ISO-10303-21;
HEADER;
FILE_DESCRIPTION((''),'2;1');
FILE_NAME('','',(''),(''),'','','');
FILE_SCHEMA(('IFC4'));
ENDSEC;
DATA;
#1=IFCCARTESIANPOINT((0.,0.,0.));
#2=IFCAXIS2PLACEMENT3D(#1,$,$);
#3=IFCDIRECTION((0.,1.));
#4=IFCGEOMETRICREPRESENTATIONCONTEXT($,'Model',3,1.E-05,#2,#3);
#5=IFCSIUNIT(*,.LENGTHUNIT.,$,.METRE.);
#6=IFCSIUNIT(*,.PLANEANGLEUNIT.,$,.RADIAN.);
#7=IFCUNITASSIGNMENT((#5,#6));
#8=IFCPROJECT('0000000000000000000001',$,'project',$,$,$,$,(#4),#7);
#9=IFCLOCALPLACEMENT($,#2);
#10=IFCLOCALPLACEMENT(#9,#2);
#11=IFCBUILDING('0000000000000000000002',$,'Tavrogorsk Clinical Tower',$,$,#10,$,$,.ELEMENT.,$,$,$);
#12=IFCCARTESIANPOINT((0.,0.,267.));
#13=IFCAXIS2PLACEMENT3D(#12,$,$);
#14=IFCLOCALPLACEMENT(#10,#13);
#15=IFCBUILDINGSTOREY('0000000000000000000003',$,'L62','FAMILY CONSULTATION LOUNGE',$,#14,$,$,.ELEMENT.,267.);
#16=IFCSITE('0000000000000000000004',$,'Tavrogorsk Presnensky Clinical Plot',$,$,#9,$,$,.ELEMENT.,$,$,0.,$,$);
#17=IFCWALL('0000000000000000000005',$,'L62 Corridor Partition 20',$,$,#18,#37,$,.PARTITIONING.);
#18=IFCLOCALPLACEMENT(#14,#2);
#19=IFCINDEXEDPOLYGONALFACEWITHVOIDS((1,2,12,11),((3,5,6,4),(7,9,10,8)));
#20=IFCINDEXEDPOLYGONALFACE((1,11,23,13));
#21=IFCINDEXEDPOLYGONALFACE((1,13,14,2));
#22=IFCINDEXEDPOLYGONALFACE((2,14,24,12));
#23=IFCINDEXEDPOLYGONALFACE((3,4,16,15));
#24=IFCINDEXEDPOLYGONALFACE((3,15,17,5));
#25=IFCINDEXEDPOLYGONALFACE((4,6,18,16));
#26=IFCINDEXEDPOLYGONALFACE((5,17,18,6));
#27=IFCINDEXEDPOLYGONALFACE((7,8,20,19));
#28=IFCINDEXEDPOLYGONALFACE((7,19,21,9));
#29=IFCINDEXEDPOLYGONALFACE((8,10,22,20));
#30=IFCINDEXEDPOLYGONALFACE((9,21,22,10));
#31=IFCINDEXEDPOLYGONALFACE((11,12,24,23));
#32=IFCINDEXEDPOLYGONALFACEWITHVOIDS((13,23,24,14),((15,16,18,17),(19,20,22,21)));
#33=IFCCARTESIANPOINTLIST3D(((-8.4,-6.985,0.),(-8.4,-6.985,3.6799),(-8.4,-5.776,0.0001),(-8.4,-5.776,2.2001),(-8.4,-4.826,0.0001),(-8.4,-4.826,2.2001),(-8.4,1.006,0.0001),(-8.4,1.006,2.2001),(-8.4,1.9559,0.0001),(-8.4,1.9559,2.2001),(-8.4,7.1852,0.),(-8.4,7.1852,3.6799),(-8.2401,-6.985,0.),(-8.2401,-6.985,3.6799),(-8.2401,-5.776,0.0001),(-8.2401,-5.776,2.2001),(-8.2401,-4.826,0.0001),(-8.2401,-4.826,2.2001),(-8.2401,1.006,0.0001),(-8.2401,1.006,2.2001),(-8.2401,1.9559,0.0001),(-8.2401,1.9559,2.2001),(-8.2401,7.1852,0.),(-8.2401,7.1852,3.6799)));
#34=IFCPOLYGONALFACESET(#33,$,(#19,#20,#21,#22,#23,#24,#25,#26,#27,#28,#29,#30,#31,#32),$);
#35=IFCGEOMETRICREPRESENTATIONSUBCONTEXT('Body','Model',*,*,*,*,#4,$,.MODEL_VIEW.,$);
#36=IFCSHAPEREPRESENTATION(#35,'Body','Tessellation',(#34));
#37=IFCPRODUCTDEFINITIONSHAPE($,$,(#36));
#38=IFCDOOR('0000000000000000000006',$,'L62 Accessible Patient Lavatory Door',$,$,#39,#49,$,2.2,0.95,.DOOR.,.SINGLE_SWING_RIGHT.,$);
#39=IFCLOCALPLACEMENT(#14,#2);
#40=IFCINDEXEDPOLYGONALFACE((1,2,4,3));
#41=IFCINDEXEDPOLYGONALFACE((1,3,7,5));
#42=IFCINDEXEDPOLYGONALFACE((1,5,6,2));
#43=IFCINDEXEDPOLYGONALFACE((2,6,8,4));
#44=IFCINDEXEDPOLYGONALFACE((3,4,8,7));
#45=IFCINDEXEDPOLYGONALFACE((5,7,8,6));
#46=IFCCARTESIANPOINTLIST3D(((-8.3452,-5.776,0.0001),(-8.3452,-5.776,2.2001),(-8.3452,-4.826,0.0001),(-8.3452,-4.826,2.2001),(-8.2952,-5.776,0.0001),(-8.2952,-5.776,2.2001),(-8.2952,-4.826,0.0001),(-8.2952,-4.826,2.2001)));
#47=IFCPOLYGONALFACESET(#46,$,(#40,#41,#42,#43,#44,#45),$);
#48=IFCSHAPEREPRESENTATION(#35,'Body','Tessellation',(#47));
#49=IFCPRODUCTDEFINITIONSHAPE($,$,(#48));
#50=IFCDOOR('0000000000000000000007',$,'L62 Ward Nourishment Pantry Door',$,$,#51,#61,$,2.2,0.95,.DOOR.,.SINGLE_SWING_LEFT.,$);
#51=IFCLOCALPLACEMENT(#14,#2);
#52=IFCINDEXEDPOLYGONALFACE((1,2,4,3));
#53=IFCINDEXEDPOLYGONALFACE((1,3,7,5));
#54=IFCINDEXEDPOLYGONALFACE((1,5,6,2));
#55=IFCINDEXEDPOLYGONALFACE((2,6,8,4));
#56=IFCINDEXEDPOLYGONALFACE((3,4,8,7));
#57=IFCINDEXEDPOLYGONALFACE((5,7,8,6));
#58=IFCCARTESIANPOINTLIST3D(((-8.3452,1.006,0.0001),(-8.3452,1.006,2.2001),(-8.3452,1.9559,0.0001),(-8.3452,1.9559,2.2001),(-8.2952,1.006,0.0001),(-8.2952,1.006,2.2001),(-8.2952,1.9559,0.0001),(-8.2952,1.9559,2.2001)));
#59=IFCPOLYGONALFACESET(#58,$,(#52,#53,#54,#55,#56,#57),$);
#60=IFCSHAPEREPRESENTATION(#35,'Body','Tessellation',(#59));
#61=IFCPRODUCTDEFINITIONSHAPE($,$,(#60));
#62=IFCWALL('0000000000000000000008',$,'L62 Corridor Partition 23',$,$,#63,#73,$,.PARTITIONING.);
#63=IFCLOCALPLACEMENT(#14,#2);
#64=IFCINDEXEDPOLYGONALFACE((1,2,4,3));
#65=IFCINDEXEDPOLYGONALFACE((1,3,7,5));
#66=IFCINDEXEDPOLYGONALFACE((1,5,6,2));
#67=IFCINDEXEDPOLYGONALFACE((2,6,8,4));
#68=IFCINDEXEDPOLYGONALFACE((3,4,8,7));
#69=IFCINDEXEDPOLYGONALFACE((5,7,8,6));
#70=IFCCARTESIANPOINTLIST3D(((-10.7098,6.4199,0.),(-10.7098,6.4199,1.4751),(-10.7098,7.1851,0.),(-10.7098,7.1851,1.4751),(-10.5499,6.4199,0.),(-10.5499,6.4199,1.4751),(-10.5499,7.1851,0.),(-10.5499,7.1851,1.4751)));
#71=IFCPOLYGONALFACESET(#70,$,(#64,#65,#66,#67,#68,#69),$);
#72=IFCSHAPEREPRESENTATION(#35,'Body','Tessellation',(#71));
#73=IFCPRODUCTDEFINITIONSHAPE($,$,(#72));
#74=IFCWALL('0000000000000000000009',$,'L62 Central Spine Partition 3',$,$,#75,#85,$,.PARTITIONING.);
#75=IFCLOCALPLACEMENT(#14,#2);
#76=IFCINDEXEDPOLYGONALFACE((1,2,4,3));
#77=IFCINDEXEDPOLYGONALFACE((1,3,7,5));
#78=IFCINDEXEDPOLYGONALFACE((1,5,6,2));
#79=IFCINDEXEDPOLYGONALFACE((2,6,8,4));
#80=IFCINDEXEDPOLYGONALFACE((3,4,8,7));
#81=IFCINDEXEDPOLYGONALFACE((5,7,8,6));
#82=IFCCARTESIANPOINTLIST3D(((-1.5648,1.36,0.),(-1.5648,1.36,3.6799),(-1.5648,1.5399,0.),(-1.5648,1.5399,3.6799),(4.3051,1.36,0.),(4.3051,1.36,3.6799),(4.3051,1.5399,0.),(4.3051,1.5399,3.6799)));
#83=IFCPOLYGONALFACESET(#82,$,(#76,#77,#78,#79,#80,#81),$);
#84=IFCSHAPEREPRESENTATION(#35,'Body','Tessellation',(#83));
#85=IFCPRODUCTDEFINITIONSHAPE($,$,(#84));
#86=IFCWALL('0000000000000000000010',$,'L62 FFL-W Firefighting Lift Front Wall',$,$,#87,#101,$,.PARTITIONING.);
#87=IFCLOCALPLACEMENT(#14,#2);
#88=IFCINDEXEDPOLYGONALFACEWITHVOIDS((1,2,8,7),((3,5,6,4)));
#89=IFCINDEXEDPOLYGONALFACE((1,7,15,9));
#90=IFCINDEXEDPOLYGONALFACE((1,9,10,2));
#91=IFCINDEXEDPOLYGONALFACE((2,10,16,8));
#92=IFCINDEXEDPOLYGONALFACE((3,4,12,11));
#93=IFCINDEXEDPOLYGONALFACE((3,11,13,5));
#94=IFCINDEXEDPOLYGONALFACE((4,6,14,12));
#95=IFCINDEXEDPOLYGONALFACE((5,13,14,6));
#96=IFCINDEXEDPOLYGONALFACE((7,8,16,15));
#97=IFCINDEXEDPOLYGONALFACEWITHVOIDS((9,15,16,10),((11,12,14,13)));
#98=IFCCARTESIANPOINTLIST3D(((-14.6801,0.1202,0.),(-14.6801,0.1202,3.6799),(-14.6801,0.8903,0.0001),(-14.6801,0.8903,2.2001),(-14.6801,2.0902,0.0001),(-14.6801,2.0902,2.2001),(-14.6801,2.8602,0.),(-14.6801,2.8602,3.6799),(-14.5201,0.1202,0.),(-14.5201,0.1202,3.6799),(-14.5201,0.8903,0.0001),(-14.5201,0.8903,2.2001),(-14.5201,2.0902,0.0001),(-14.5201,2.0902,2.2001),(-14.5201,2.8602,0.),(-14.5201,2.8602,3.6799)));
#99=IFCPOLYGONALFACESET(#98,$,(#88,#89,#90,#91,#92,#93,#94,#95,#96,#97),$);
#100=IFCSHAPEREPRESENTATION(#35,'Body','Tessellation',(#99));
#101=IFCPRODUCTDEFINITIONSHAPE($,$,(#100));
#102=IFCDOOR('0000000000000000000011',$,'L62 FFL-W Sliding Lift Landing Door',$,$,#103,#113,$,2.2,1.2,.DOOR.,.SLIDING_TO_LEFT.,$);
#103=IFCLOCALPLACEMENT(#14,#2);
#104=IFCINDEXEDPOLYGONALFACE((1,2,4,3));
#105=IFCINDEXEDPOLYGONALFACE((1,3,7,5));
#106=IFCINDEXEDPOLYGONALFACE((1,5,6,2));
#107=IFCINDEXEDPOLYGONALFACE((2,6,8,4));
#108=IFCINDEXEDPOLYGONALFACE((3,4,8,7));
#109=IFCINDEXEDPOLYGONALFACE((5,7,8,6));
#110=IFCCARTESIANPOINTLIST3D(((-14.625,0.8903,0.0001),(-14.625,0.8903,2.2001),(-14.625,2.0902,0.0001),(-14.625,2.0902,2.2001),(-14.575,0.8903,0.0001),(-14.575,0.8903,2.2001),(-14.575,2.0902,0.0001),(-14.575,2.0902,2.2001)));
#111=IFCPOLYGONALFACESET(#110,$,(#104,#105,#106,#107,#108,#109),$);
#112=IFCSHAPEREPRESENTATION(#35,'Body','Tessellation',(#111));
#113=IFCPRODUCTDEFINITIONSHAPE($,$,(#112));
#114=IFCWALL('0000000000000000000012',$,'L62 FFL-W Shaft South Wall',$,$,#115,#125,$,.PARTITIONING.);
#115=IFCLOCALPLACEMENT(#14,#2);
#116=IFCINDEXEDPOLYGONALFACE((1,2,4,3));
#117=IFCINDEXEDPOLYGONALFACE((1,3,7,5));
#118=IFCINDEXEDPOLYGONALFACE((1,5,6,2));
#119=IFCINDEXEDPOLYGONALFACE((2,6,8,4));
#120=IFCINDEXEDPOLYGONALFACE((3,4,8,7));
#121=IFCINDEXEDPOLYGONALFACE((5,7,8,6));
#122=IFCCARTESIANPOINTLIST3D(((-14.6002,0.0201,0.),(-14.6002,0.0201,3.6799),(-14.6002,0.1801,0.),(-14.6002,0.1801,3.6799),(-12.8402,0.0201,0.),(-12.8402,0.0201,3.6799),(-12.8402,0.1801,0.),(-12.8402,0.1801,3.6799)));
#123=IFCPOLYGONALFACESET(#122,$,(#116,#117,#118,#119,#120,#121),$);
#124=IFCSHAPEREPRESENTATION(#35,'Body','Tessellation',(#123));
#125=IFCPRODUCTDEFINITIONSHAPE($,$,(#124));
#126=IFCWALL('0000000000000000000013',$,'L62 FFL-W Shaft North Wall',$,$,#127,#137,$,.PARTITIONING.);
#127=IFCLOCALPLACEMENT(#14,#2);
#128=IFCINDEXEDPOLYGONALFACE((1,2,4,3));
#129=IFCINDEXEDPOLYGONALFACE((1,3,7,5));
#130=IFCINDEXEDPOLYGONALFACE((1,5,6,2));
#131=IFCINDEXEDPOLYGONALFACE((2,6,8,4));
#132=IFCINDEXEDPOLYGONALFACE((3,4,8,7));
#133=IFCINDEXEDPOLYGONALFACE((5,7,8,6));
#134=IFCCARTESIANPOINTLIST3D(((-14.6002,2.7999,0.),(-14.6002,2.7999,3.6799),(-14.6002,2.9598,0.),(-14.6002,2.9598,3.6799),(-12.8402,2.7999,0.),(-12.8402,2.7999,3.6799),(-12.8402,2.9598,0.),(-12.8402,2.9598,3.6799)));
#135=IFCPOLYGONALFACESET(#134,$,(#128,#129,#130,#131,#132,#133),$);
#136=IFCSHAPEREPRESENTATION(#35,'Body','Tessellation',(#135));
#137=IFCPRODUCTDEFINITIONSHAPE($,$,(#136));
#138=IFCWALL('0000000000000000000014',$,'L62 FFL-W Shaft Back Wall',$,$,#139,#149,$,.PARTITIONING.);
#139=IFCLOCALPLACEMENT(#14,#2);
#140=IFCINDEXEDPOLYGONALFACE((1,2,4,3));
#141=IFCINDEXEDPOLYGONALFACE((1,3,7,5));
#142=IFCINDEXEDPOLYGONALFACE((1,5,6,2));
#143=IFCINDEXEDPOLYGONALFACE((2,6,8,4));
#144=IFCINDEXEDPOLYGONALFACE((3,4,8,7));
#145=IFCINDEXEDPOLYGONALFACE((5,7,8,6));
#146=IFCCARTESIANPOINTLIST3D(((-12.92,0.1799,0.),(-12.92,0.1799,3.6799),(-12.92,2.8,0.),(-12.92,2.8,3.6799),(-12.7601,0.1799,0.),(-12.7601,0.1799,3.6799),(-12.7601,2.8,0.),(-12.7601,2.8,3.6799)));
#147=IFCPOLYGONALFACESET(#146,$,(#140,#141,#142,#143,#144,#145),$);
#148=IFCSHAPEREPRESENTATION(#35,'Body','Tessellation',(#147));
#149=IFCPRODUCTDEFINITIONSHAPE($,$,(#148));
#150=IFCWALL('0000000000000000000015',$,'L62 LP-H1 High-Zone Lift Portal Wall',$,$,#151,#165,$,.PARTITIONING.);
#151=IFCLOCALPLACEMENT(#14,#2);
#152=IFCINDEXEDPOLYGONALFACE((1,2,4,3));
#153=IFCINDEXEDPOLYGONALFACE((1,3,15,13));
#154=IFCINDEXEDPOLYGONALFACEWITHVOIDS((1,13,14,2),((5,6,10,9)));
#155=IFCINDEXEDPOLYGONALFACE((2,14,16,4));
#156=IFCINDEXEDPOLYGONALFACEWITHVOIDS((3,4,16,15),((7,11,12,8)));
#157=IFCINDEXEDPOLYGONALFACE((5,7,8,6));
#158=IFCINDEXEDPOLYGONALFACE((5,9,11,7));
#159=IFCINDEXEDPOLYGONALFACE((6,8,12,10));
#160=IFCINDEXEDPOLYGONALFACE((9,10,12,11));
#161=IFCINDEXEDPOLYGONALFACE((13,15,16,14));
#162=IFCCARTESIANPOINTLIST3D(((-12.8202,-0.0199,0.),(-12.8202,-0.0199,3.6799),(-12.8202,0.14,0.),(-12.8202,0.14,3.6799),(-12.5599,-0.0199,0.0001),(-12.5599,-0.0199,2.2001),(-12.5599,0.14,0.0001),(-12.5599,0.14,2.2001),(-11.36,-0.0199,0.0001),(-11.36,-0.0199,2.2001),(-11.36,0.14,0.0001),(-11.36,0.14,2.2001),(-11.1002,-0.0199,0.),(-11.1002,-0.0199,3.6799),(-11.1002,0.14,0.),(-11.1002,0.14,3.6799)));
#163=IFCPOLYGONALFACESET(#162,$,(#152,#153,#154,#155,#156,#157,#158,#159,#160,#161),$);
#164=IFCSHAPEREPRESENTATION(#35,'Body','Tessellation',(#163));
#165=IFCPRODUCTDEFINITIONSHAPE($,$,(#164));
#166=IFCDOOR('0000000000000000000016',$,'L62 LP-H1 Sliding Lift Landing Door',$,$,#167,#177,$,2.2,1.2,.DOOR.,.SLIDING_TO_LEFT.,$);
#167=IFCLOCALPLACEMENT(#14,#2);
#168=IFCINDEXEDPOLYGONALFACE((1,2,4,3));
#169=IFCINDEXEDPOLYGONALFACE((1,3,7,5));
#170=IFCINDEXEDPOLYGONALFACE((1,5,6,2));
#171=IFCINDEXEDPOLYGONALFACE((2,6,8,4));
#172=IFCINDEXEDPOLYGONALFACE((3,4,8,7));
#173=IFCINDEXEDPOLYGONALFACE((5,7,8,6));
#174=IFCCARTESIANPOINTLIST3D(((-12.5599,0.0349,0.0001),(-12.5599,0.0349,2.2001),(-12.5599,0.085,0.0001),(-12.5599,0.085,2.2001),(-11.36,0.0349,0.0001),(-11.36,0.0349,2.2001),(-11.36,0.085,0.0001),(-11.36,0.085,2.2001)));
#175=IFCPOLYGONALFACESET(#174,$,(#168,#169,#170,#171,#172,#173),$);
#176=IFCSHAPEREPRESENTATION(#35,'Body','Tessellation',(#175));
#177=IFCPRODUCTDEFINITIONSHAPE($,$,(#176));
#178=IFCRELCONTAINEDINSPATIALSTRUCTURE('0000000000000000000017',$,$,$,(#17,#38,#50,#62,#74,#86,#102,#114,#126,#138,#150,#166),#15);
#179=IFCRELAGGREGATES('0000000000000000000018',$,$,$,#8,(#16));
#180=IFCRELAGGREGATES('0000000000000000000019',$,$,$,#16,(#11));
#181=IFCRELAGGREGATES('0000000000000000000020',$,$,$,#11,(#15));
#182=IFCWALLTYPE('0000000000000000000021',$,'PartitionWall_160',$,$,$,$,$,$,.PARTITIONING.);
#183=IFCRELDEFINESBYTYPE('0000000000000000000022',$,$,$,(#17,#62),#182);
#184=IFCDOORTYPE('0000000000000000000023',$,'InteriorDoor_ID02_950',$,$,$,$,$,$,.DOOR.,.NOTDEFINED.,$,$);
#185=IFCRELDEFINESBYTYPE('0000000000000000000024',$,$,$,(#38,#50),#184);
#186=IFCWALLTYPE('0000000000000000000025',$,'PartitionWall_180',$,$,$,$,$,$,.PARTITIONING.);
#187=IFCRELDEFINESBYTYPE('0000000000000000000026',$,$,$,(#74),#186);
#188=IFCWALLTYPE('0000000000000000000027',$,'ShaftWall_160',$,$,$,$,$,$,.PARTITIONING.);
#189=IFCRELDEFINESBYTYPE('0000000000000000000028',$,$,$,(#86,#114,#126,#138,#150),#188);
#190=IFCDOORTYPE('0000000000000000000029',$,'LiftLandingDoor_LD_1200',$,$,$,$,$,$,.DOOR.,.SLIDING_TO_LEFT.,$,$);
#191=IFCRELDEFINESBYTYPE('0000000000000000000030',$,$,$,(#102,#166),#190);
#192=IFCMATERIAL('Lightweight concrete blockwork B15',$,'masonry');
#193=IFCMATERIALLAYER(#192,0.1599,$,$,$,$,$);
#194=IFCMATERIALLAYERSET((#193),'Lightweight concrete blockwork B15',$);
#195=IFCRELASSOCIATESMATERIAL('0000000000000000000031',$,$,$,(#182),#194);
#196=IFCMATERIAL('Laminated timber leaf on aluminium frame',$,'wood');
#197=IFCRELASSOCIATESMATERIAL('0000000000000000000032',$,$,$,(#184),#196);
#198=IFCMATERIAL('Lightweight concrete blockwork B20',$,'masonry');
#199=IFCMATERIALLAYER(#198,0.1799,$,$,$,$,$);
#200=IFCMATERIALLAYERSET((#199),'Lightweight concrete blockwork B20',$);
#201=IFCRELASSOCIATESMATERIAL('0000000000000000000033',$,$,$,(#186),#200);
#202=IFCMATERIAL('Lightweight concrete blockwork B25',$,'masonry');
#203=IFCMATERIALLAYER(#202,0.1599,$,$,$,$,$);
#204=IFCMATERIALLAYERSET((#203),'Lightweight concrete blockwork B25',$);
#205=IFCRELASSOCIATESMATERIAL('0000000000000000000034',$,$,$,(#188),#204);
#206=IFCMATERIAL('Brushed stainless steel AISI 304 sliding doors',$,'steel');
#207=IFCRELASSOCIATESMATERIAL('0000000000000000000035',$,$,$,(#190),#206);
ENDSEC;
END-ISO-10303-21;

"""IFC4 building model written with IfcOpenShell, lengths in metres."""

from ifc_helpers import new_model, si_unit, direction, frame, frame_2d, origin, place, context, subcontext, project, spatial, rectangle, extrude, material, layer, layer_set, type_object, element, fill, save


model = new_model("IFC4")

# Units and contexts
model_context = context("Model", 3, precision=1e-05, world=origin(), true_north=direction((0.0, 1.0)))
body_context = subcontext(model_context, "Body", "Model", "MODEL_VIEW")
ifc_project = project(units=[si_unit("LENGTHUNIT", "METRE"), si_unit("PLANEANGLEUNIT", "RADIAN")], contexts=[model_context])

# Site, building, storey
site_placement = place(None, origin())
site = spatial("IfcSite", under=ifc_project, at=site_placement, Name="Tavrogorsk Presnensky Clinical Plot", CompositionType="ELEMENT", RefElevation=0.0)
building_placement = place(site_placement, origin())
building = spatial("IfcBuilding", under=site, at=building_placement, Name="Tavrogorsk Clinical Tower", CompositionType="ELEMENT")
storey_placement = place(building_placement, frame((0.0, 0.0, 267.0)))
storey = spatial("IfcBuildingStorey", under=building, at=storey_placement, Name="L62", Description="FAMILY CONSULTATION LOUNGE", CompositionType="ELEMENT", Elevation=267.0)

# Shared definitions
ifc_material_1 = material(Name="Lightweight concrete blockwork B15", Category="masonry")
ifc_layer_1 = layer(ifc_material_1, 0.1599)
ifc_layer_set_1 = layer_set([ifc_layer_1], Name="Lightweight concrete blockwork B15")
wall_type_1 = type_object("IfcWallType", Name="PartitionWall_160", PredefinedType="PARTITIONING", material=ifc_layer_set_1)
ifc_material_2 = material(Name="Laminated timber leaf on aluminium frame", Category="wood")
door_type_1 = type_object("IfcDoorType", Name="InteriorDoor_ID02_950", OperationType="NOTDEFINED", PredefinedType="DOOR", material=ifc_material_2)

# Wall, openings, doors
wall_1_placement = place(storey_placement, frame((-8.3201, 7.1851, 0.0), z_axis=(0.0, 0.0, 1.0), x_axis=(0.0, -1.0, 0.0)))
wall_1 = element("IfcWall", 1, at=wall_1_placement, inside=storey, type_object=wall_type_1, Name="L62 Corridor Partition 20", PredefinedType="PARTITIONING", context=body_context, shape_type="SweptSolid", body=[
    extrude(rectangle(XDim=14.1702, YDim=0.1599, at=frame_2d((7.085, 0.0))), origin(), (0.0, 0.0, 1.0), 3.6799),
])
opening_1_placement = place(wall_1_placement, frame((12.011, 0.0, 0.0)))
opening_1 = element("IfcOpeningElement", 2, at=opening_1_placement, cuts=wall_1, PredefinedType="OPENING", context=body_context, shape_type="SweptSolid", body=[
    extrude(rectangle(XDim=0.95, YDim=2.2, at=frame_2d((0.4751, 1.1001))), frame((0.0, 0.0898, 0.0), z_axis=(0.0, -1.0, 0.0), x_axis=(1.0, 0.0, 0.0)), (0.0, 0.0, 1.0), 0.1799),
])
opening_2_placement = place(wall_1_placement, frame((5.229, 0.0, 0.0)))
opening_2 = element("IfcOpeningElement", 3, at=opening_2_placement, cuts=wall_1, PredefinedType="OPENING", context=body_context, shape_type="SweptSolid", body=[
    extrude(rectangle(XDim=0.95, YDim=2.2, at=frame_2d((0.4751, 1.1001))), frame((0.0, 0.0898, 0.0), z_axis=(0.0, -1.0, 0.0), x_axis=(1.0, 0.0, 0.0)), (0.0, 0.0, 1.0), 0.1799),
])
door_1_placement = place(opening_1_placement, origin())
door_1 = element("IfcDoor", 4, at=door_1_placement, inside=storey, type_object=door_type_1, Name="L62 Accessible Patient Lavatory Door", OperationType="SINGLE_SWING_RIGHT", OverallHeight=2.2, OverallWidth=0.95, PredefinedType="DOOR", context=body_context, shape_type="SweptSolid", body=[
    extrude(rectangle(XDim=0.95, YDim=2.2, at=frame_2d((0.4751, 1.1001))), frame((0.0, 0.0249, 0.0), z_axis=(0.0, -1.0, 0.0), x_axis=(1.0, 0.0, 0.0)), (0.0, 0.0, 1.0), 0.05),
])
fill(opening_1, door_1)
door_2_placement = place(opening_2_placement, origin())
door_2 = element("IfcDoor", 5, at=door_2_placement, inside=storey, type_object=door_type_1, Name="L62 Ward Nourishment Pantry Door", OperationType="SINGLE_SWING_LEFT", OverallHeight=2.2, OverallWidth=0.95, PredefinedType="DOOR", context=body_context, shape_type="SweptSolid", body=[
    extrude(rectangle(XDim=0.95, YDim=2.2, at=frame_2d((0.4751, 1.1001))), frame((0.0, 0.0249, 0.0), z_axis=(0.0, -1.0, 0.0), x_axis=(1.0, 0.0, 0.0)), (0.0, 0.0, 1.0), 0.05),
])
fill(opening_2, door_2)

# Walls
wall_2_placement = place(storey_placement, frame((-10.6299, 6.4199, 0.0), z_axis=(0.0, 0.0, 1.0), x_axis=(0.0, 1.0, 0.0)))
element("IfcWall", 6, at=wall_2_placement, inside=storey, type_object=wall_type_1, Name="L62 Corridor Partition 23", PredefinedType="PARTITIONING", context=body_context, shape_type="SweptSolid", body=[
    extrude(rectangle(XDim=0.7651, YDim=0.1599, at=frame_2d((0.3826, 0.0))), origin(), (0.0, 0.0, 1.0), 1.4751),
])
ifc_material_3 = material(Name="Lightweight concrete blockwork B20", Category="masonry")
ifc_layer_2 = layer(ifc_material_3, 0.1799)
ifc_layer_set_2 = layer_set([ifc_layer_2], Name="Lightweight concrete blockwork B20")
wall_type_2 = type_object("IfcWallType", Name="PartitionWall_180", PredefinedType="PARTITIONING", material=ifc_layer_set_2)
wall_3_placement = place(storey_placement, frame((-1.5649, 1.45, 0.0), z_axis=(0.0, 0.0, 1.0), x_axis=(1.0, 0.0, 0.0)))
element("IfcWall", 7, at=wall_3_placement, inside=storey, type_object=wall_type_2, Name="L62 Central Spine Partition 3", PredefinedType="PARTITIONING", context=body_context, shape_type="SweptSolid", body=[
    extrude(rectangle(XDim=5.8699, YDim=0.1799, at=frame_2d((2.9351, 0.0))), origin(), (0.0, 0.0, 1.0), 3.6799),
])

# Wall, opening, door
ifc_material_4 = material(Name="Lightweight concrete blockwork B25", Category="masonry")
ifc_layer_3 = layer(ifc_material_4, 0.1599)
ifc_layer_set_3 = layer_set([ifc_layer_3], Name="Lightweight concrete blockwork B25")
wall_type_3 = type_object("IfcWallType", Name="ShaftWall_160", PredefinedType="PARTITIONING", material=ifc_layer_set_3)
wall_4_placement = place(storey_placement, frame((-14.6001, 0.1201, 0.0), z_axis=(0.0, 0.0, 1.0), x_axis=(0.0, 1.0, 0.0)))
wall_4 = element("IfcWall", 8, at=wall_4_placement, inside=storey, type_object=wall_type_3, Name="L62 FFL-W Firefighting Lift Front Wall", PredefinedType="PARTITIONING", context=body_context, shape_type="SweptSolid", body=[
    extrude(rectangle(XDim=2.74, YDim=0.1599, at=frame_2d((1.3701, 0.0))), origin(), (0.0, 0.0, 1.0), 3.6799),
])
opening_3_placement = place(wall_4_placement, frame((0.77, 0.0, 0.0)))
opening_3 = element("IfcOpeningElement", 9, at=opening_3_placement, cuts=wall_4, PredefinedType="OPENING", context=body_context, shape_type="SweptSolid", body=[
    extrude(rectangle(XDim=1.2, YDim=2.2, at=frame_2d((0.6001, 1.1001))), frame((0.0, 0.0898, 0.0), z_axis=(0.0, -1.0, 0.0), x_axis=(1.0, 0.0, 0.0)), (0.0, 0.0, 1.0), 0.1799),
])
ifc_material_5 = material(Name="Brushed stainless steel AISI 304 sliding doors", Category="steel")
door_type_2 = type_object("IfcDoorType", Name="LiftLandingDoor_LD_1200", OperationType="SLIDING_TO_LEFT", PredefinedType="DOOR", material=ifc_material_5)
door_3_placement = place(opening_3_placement, origin())
door_3 = element("IfcDoor", 10, at=door_3_placement, inside=storey, type_object=door_type_2, Name="L62 FFL-W Sliding Lift Landing Door", OperationType="SLIDING_TO_LEFT", OverallHeight=2.2, OverallWidth=1.2, PredefinedType="DOOR", context=body_context, shape_type="SweptSolid", body=[
    extrude(rectangle(XDim=1.2, YDim=2.2, at=frame_2d((0.6001, 1.1001))), frame((0.0, 0.0249, 0.0), z_axis=(0.0, -1.0, 0.0), x_axis=(1.0, 0.0, 0.0)), (0.0, 0.0, 1.0), 0.05),
])
fill(opening_3, door_3)

# Walls
for number, where, z_axis, x_axis, name in (
    (11, (-14.6001, 0.1001, 0.0), (0.0, 0.0, 1.0), (1.0, 0.0, 0.0), "L62 FFL-W Shaft South Wall"),
    (12, (-14.6001, 2.8799, 0.0), (0.0, 0.0, 1.0), (1.0, 0.0, 0.0), "L62 FFL-W Shaft North Wall"),
):
    element("IfcWall", number, at=place(storey_placement, frame(where, z_axis=z_axis, x_axis=x_axis)), inside=storey, type_object=wall_type_3, Name=name, PredefinedType="PARTITIONING", context=body_context, shape_type="SweptSolid", body=[
        extrude(rectangle(XDim=1.76, YDim=0.1599, at=frame_2d((0.8799, 0.0))), origin(), (0.0, 0.0, 1.0), 3.6799),
    ])
wall_5_placement = place(storey_placement, frame((-12.8401, 0.1799, 0.0), z_axis=(0.0, 0.0, 1.0), x_axis=(0.0, 1.0, 0.0)))
element("IfcWall", 13, at=wall_5_placement, inside=storey, type_object=wall_type_3, Name="L62 FFL-W Shaft Back Wall", PredefinedType="PARTITIONING", context=body_context, shape_type="SweptSolid", body=[
    extrude(rectangle(XDim=2.6201, YDim=0.1599, at=frame_2d((1.3101, 0.0))), origin(), (0.0, 0.0, 1.0), 3.6799),
])

# Wall, opening, door
wall_6_placement = place(storey_placement, frame((-12.8201, 0.0601, 0.0), z_axis=(0.0, 0.0, 1.0), x_axis=(1.0, 0.0, 0.0)))
wall_6 = element("IfcWall", 14, at=wall_6_placement, inside=storey, type_object=wall_type_3, Name="L62 LP-H1 High-Zone Lift Portal Wall", PredefinedType="PARTITIONING", context=body_context, shape_type="SweptSolid", body=[
    extrude(rectangle(XDim=1.72, YDim=0.1599, at=frame_2d((0.8599, 0.0))), origin(), (0.0, 0.0, 1.0), 3.6799),
])
opening_4_placement = place(wall_6_placement, frame((0.26, 0.0, 0.0)))
opening_4 = element("IfcOpeningElement", 15, at=opening_4_placement, cuts=wall_6, PredefinedType="OPENING", context=body_context, shape_type="SweptSolid", body=[
    extrude(rectangle(XDim=1.2, YDim=2.2, at=frame_2d((0.6001, 1.1001))), frame((0.0, 0.0898, 0.0), z_axis=(0.0, -1.0, 0.0), x_axis=(1.0, 0.0, 0.0)), (0.0, 0.0, 1.0), 0.1799),
])
door_4_placement = place(opening_4_placement, origin())
door_4 = element("IfcDoor", 16, at=door_4_placement, inside=storey, type_object=door_type_2, Name="L62 LP-H1 Sliding Lift Landing Door", OperationType="SLIDING_TO_LEFT", OverallHeight=2.2, OverallWidth=1.2, PredefinedType="DOOR", context=body_context, shape_type="SweptSolid", body=[
    extrude(rectangle(XDim=1.2, YDim=2.2, at=frame_2d((0.6001, 1.1001))), frame((0.0, 0.0249, 0.0), z_axis=(0.0, -1.0, 0.0), x_axis=(1.0, 0.0, 0.0)), (0.0, 0.0, 1.0), 0.05),
])
fill(opening_4, door_4)

save(model, "model.ifc")
